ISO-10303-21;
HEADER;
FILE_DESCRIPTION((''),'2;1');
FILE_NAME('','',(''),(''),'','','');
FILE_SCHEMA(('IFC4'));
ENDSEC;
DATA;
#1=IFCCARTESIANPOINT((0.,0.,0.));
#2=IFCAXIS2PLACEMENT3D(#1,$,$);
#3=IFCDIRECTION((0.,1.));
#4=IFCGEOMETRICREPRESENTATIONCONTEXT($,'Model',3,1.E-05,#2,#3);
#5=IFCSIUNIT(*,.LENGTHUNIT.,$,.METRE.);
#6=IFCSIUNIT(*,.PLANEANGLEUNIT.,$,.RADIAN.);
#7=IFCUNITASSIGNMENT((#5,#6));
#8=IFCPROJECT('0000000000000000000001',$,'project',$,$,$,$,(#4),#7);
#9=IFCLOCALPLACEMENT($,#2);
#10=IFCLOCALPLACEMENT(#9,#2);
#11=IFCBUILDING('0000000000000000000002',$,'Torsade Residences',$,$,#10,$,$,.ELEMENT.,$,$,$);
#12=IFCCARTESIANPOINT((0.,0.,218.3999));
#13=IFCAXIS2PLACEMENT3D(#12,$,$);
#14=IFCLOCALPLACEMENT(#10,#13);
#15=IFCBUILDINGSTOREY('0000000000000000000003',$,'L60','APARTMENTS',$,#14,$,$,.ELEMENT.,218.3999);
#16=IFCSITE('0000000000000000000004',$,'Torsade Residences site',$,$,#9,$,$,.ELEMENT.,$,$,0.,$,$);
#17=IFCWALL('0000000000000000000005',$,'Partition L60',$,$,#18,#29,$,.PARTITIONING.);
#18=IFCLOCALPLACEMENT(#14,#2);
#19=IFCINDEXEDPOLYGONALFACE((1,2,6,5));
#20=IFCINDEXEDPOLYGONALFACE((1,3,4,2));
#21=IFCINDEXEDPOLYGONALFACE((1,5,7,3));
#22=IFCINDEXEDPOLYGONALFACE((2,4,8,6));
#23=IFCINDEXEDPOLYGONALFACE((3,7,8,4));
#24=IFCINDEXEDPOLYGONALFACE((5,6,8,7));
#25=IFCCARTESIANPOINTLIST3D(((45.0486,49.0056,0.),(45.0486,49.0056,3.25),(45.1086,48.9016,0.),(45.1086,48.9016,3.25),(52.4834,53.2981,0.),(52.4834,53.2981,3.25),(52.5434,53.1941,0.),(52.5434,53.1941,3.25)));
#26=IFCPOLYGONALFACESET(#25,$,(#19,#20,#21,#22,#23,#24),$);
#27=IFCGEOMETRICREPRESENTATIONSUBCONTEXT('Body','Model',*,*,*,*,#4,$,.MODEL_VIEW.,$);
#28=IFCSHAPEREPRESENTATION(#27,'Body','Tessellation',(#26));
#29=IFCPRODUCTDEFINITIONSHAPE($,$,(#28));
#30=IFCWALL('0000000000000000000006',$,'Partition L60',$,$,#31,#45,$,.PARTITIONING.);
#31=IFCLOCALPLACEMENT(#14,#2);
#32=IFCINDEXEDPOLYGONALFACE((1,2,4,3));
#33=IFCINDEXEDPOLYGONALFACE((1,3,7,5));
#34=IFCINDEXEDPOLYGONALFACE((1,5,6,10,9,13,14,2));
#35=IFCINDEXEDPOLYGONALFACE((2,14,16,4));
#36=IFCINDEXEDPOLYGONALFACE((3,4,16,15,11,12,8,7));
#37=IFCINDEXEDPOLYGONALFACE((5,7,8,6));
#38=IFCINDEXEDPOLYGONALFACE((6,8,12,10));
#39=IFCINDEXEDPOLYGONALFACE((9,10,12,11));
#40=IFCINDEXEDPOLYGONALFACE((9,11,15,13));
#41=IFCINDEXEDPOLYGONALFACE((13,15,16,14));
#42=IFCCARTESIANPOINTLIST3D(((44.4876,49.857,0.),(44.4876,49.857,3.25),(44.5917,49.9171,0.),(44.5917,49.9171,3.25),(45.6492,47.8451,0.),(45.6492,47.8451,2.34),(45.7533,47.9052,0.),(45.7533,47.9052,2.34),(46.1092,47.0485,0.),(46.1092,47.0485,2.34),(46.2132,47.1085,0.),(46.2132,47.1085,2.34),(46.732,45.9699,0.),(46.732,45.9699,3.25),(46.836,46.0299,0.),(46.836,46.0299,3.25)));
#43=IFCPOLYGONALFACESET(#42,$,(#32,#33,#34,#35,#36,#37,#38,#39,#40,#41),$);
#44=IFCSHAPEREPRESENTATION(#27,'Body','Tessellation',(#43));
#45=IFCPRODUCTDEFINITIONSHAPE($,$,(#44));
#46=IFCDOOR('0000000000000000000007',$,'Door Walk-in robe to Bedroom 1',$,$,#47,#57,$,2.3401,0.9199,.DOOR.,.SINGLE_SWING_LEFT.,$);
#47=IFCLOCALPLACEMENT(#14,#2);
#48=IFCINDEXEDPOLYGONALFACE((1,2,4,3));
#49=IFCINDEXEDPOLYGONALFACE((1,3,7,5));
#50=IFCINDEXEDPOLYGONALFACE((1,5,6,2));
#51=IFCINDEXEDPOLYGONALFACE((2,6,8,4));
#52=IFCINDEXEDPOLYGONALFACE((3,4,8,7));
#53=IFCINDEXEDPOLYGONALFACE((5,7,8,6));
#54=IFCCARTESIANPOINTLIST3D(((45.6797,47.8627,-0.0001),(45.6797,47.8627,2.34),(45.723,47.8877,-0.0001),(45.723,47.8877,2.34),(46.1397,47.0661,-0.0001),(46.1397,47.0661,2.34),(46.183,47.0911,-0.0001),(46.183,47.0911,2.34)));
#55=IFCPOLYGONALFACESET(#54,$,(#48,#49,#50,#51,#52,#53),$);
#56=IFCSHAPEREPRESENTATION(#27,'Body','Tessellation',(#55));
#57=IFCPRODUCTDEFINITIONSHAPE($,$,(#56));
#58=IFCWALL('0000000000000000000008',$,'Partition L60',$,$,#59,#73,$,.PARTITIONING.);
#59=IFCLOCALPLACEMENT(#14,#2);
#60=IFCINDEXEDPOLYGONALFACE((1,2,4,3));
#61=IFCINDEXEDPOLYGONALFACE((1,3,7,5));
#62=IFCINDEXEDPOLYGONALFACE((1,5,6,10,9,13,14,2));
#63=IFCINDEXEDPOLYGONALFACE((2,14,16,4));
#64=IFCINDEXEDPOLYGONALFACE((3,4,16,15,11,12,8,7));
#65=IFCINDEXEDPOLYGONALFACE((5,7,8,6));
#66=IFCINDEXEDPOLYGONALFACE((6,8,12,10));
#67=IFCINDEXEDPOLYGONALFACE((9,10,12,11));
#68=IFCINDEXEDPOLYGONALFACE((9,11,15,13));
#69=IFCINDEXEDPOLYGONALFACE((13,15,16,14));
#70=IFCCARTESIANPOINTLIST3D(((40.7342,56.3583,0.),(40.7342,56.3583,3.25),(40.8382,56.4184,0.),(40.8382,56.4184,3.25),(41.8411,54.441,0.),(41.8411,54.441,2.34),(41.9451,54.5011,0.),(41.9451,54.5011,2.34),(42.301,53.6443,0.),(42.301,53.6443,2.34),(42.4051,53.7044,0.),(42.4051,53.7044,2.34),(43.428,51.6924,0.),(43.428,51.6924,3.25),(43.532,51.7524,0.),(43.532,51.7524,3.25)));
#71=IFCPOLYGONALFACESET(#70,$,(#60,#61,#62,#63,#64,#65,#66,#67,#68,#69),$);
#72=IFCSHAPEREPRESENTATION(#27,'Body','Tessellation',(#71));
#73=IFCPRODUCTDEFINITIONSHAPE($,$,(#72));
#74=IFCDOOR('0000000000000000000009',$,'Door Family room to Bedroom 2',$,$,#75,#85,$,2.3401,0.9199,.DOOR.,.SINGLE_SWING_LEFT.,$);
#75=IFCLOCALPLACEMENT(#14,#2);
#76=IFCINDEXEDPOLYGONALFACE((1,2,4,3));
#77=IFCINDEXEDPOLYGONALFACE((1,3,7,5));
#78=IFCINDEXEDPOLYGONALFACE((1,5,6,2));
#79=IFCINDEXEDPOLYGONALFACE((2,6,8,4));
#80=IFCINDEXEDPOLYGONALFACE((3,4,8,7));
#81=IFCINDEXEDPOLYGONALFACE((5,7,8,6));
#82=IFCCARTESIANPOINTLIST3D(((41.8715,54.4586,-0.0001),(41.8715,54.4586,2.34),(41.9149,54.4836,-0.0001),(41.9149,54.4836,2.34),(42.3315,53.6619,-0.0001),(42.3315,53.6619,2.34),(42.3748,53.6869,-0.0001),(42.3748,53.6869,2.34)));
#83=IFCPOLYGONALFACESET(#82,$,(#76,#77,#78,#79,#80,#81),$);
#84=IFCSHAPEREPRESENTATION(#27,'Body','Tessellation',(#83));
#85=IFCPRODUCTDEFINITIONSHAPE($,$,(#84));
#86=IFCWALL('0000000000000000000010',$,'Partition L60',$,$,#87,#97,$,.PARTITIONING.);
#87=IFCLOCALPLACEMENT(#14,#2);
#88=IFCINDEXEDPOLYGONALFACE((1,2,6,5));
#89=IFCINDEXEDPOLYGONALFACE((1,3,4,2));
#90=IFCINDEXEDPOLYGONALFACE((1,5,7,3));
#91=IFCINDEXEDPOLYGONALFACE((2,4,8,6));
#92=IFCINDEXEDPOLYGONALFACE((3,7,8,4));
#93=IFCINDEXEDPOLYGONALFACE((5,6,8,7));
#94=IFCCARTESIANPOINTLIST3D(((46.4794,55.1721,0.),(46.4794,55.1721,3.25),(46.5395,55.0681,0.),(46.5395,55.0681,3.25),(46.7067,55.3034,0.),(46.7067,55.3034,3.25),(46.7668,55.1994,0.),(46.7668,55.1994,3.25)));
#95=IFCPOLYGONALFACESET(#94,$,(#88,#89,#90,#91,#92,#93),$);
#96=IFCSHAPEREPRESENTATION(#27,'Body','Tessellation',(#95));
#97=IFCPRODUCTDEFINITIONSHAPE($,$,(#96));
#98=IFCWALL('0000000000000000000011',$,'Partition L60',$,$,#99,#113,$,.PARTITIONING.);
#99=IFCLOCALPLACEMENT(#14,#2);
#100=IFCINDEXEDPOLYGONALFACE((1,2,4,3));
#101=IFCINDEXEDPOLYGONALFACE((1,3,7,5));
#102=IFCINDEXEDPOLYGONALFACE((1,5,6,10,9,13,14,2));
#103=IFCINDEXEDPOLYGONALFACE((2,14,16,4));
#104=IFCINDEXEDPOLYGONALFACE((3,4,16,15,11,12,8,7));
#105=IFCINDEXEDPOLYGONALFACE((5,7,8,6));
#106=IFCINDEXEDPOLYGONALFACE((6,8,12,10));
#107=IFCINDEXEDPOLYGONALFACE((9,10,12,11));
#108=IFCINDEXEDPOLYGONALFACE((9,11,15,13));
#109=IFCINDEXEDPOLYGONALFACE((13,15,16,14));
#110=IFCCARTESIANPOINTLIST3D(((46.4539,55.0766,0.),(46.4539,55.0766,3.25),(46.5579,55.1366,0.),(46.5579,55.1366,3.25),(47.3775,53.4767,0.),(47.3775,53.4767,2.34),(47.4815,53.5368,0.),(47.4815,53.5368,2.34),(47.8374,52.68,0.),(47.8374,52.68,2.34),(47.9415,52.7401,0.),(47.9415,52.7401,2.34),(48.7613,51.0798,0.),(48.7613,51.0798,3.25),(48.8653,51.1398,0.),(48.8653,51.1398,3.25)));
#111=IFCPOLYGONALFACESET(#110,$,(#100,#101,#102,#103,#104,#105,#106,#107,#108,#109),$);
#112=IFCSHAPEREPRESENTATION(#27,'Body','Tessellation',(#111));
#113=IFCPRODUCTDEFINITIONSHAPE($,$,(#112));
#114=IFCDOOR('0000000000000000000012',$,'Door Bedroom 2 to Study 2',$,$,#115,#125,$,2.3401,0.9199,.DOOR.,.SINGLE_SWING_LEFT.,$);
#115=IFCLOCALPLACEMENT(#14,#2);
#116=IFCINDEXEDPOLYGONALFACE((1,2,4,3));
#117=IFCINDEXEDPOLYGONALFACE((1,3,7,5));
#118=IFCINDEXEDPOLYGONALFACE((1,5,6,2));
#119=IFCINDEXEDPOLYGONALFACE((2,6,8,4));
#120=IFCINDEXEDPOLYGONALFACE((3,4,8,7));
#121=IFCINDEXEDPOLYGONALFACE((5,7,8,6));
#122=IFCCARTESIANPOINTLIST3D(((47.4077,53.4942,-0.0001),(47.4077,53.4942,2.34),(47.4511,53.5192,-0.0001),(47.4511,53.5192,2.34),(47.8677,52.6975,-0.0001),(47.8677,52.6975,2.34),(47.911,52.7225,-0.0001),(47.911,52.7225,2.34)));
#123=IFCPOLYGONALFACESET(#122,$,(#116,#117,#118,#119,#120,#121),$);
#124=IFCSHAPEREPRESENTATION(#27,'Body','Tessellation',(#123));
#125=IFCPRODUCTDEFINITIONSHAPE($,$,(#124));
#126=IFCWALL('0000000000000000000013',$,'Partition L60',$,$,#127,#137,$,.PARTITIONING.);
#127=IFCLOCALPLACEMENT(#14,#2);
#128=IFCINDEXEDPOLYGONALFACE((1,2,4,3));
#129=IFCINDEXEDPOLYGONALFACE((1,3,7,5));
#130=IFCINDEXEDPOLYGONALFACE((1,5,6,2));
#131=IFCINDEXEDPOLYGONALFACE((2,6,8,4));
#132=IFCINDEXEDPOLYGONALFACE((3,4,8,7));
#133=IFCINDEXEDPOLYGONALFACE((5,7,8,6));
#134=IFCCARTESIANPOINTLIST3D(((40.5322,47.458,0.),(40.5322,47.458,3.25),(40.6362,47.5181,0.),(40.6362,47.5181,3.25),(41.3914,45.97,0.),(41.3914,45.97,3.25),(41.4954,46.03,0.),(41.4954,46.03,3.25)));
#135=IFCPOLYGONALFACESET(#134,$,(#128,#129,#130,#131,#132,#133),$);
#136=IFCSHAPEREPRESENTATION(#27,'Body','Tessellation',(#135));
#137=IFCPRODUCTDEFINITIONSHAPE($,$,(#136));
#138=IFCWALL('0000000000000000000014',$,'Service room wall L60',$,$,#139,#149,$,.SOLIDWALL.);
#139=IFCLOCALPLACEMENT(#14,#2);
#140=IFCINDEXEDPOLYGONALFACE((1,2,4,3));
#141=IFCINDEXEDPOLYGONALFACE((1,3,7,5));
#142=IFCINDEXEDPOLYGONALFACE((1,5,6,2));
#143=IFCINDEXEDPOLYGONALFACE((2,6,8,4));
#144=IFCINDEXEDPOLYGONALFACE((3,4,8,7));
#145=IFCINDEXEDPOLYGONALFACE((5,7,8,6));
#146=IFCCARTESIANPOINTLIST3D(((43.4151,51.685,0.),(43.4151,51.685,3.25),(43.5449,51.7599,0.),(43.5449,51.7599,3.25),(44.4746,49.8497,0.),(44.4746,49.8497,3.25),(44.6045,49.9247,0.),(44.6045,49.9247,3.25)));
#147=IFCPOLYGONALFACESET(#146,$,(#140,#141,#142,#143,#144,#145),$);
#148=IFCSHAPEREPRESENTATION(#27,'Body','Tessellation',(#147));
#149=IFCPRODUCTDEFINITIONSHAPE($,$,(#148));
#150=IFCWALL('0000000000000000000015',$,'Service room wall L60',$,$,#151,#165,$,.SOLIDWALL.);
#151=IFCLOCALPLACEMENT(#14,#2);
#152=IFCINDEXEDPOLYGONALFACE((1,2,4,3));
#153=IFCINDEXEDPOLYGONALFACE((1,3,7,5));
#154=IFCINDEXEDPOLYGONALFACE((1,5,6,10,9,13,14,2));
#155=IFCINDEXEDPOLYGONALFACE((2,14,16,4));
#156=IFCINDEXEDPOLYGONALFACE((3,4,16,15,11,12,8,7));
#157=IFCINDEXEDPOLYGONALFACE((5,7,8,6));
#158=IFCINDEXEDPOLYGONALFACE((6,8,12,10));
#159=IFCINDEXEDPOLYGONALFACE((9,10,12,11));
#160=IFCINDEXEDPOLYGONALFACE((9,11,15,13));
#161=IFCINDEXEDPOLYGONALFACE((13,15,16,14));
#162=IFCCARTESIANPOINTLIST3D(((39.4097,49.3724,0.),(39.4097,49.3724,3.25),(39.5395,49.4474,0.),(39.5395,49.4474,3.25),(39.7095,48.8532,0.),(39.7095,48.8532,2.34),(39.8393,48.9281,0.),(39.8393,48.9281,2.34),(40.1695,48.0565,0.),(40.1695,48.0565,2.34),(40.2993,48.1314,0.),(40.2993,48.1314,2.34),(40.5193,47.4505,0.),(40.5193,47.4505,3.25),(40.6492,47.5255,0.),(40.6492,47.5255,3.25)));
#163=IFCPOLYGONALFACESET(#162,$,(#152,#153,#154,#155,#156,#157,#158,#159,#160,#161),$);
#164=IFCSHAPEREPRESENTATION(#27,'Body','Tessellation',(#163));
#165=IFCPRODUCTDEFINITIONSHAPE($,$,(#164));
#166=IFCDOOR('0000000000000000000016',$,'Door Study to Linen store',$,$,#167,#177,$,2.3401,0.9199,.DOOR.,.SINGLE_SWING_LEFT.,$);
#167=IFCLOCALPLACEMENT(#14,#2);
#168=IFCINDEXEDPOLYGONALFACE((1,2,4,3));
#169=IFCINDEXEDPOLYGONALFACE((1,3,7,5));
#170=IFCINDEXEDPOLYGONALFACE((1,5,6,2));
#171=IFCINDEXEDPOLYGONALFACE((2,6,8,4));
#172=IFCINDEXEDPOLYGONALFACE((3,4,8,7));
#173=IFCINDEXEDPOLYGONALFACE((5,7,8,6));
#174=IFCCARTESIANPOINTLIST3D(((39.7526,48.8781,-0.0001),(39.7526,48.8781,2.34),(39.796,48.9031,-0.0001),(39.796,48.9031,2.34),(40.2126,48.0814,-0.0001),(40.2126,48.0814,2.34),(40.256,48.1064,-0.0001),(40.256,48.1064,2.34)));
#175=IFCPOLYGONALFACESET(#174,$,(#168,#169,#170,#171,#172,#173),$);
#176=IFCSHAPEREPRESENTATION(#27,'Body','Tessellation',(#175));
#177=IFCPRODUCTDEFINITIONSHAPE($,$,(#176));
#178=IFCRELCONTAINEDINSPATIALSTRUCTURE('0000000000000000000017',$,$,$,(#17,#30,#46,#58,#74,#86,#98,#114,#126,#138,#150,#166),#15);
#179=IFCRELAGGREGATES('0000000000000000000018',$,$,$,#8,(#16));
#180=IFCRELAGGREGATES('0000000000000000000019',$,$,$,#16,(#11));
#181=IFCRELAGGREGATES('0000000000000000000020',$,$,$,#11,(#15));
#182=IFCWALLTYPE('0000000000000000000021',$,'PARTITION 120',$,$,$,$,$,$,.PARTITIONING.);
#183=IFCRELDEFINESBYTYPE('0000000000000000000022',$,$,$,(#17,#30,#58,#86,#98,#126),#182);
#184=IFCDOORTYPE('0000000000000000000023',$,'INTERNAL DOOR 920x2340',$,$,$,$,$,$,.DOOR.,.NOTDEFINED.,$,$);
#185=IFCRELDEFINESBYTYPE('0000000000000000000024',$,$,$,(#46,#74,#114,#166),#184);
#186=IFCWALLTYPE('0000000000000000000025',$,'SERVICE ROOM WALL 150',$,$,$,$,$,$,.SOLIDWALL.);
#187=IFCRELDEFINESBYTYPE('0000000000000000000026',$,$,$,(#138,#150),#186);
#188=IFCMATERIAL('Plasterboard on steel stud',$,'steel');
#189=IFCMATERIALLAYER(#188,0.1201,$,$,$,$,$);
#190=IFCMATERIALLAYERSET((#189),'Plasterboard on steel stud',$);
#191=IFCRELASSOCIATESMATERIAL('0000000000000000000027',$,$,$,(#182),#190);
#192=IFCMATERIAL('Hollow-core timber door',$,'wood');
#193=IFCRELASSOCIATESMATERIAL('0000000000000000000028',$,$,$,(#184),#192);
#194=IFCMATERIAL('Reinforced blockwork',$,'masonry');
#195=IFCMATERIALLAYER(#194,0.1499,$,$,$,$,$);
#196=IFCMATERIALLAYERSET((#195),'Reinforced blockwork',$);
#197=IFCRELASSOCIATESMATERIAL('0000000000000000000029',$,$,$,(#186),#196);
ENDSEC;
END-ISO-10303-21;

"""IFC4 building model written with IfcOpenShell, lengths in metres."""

from ifc_helpers import new_model, si_unit, direction, frame, frame_2d, origin, place, context, subcontext, project, spatial, rectangle, extrude, material, layer, layer_set, type_object, element, fill, save


model = new_model("IFC4")

# Units and contexts
model_context = context("Model", 3, precision=1e-05, world=origin(), true_north=direction((0.0, 1.0)))
body_context = subcontext(model_context, "Body", "Model", "MODEL_VIEW")
ifc_project = project(units=[si_unit("LENGTHUNIT", "METRE"), si_unit("PLANEANGLEUNIT", "RADIAN")], contexts=[model_context])

# Site, building, storey
site_placement = place(None, origin())
site = spatial("IfcSite", under=ifc_project, at=site_placement, Name="Torsade Residences site", CompositionType="ELEMENT", RefElevation=0.0)
building_placement = place(site_placement, origin())
building = spatial("IfcBuilding", under=site, at=building_placement, Name="Torsade Residences", CompositionType="ELEMENT")
storey_placement = place(building_placement, frame((0.0, 0.0, 218.3999)))
storey = spatial("IfcBuildingStorey", under=building, at=storey_placement, Name="L60", Description="APARTMENTS", CompositionType="ELEMENT", Elevation=218.3999)

# Shared definitions
ifc_material_1 = material(Name="Plasterboard on steel stud", Category="steel")
ifc_layer_1 = layer(ifc_material_1, 0.1201)
ifc_layer_set_1 = layer_set([ifc_layer_1], Name="Plasterboard on steel stud")
wall_type_1 = type_object("IfcWallType", Name="PARTITION 120", PredefinedType="PARTITIONING", material=ifc_layer_set_1)

# Wall
wall_1_placement = place(storey_placement, frame((45.0786, 48.9536, 0.0), z_axis=(0.0, 0.0, 1.0), x_axis=(0.866026, 0.499999, 0.0)))
element("IfcWall", 1, at=wall_1_placement, inside=storey, type_object=wall_type_1, Name="Partition L60", PredefinedType="PARTITIONING", context=body_context, shape_type="SweptSolid", body=[
    extrude(rectangle(XDim=8.585, YDim=0.1201, at=frame_2d((4.2925, 0.0))), origin(), (0.0, 0.0, 1.0), 3.25),
])

# Walls, openings, doors
wall_2_placement = place(storey_placement, frame((46.7839, 46.0, 0.0), z_axis=(0.0, 0.0, 1.0), x_axis=(-0.500018, 0.866015, 0.0)))
wall_2 = element("IfcWall", 2, at=wall_2_placement, inside=storey, type_object=wall_type_1, Name="Partition L60", PredefinedType="PARTITIONING", context=body_context, shape_type="SweptSolid", body=[
    extrude(rectangle(XDim=4.4885, YDim=0.1201, at=frame_2d((2.2441, 0.0))), origin(), (0.0, 0.0, 1.0), 3.25),
])
opening_1_placement = place(wall_2_placement, frame((1.2454, 0.0, 0.0)))
opening_1 = element("IfcOpeningElement", 3, at=opening_1_placement, cuts=wall_2, PredefinedType="OPENING", context=body_context, shape_type="SweptSolid", body=[
    extrude(rectangle(XDim=0.9199, YDim=2.3401, at=frame_2d((0.46, 1.1699))), frame((0.0, 0.0701, 0.0), z_axis=(0.0, -1.0, 0.0), x_axis=(1.0, 0.0, 0.0)), (0.0, 0.0, 1.0), 0.1401),
])
ifc_material_2 = material(Name="Hollow-core timber door", Category="wood")
door_type_1 = type_object("IfcDoorType", Name="INTERNAL DOOR 920x2340", OperationType="NOTDEFINED", PredefinedType="DOOR", material=ifc_material_2)
door_1_placement = place(opening_1_placement, origin())
door_1 = element("IfcDoor", 4, at=door_1_placement, inside=storey, type_object=door_type_1, Name="Door Walk-in robe to Bedroom 1", OperationType="SINGLE_SWING_LEFT", OverallHeight=2.3401, OverallWidth=0.9199, PredefinedType="DOOR", context=body_context, shape_type="SweptSolid", body=[
    extrude(rectangle(XDim=0.9199, YDim=2.3401, at=frame_2d((0.46, 1.1699))), frame((0.0, 0.0249, 0.0), z_axis=(0.0, -1.0, 0.0), x_axis=(1.0, 0.0, 0.0)), (0.0, 0.0, 1.0), 0.05),
])
fill(opening_1, door_1)
wall_3_placement = place(storey_placement, frame((43.48, 51.7224, 0.0), z_axis=(0.0, 0.0, 1.0), x_axis=(-0.499989, 0.866032, 0.0)))
wall_3 = element("IfcWall", 5, at=wall_3_placement, inside=storey, type_object=wall_type_1, Name="Partition L60", PredefinedType="PARTITIONING", context=body_context, shape_type="SweptSolid", body=[
    extrude(rectangle(XDim=5.3877, YDim=0.1201, at=frame_2d((2.6938, 0.0))), origin(), (0.0, 0.0, 1.0), 3.25),
])
opening_2_placement = place(wall_3_placement, frame((2.2539, 0.0, 0.0)))
opening_2 = element("IfcOpeningElement", 6, at=opening_2_placement, cuts=wall_3, PredefinedType="OPENING", context=body_context, shape_type="SweptSolid", body=[
    extrude(rectangle(XDim=0.9199, YDim=2.3401, at=frame_2d((0.46, 1.1699))), frame((0.0, 0.0701, 0.0), z_axis=(0.0, -1.0, 0.0), x_axis=(1.0, 0.0, 0.0)), (0.0, 0.0, 1.0), 0.1401),
])
door_2_placement = place(opening_2_placement, origin())
door_2 = element("IfcDoor", 7, at=door_2_placement, inside=storey, type_object=door_type_1, Name="Door Family room to Bedroom 2", OperationType="SINGLE_SWING_LEFT", OverallHeight=2.3401, OverallWidth=0.9199, PredefinedType="DOOR", context=body_context, shape_type="SweptSolid", body=[
    extrude(rectangle(XDim=0.9199, YDim=2.3401, at=frame_2d((0.46, 1.1699))), frame((0.0, 0.0249, 0.0), z_axis=(0.0, -1.0, 0.0), x_axis=(1.0, 0.0, 0.0)), (0.0, 0.0, 1.0), 0.05),
])
fill(opening_2, door_2)

# Wall
wall_4_placement = place(storey_placement, frame((46.7368, 55.2515, 0.0), z_axis=(0.0, 0.0, 1.0), x_axis=(-0.865829, -0.50034, 0.0)))
element("IfcWall", 8, at=wall_4_placement, inside=storey, type_object=wall_type_1, Name="Partition L60", PredefinedType="PARTITIONING", context=body_context, shape_type="SweptSolid", body=[
    extrude(rectangle(XDim=0.2625, YDim=0.1201, at=frame_2d((0.1313, 0.0))), origin(), (0.0, 0.0, 1.0), 3.25),
])

# Wall, opening, door
wall_5_placement = place(storey_placement, frame((46.5059, 55.1067, 0.0), z_axis=(0.0, 0.0, 1.0), x_axis=(0.499968, -0.866044, 0.0)))
wall_5 = element("IfcWall", 9, at=wall_5_placement, inside=storey, type_object=wall_type_1, Name="Partition L60", PredefinedType="PARTITIONING", context=body_context, shape_type="SweptSolid", body=[
    extrude(rectangle(XDim=4.615, YDim=0.1201, at=frame_2d((2.3076, 0.0))), origin(), (0.0, 0.0, 1.0), 3.25),
])
opening_3_placement = place(wall_5_placement, frame((1.8474, 0.0, 0.0)))
opening_3 = element("IfcOpeningElement", 10, at=opening_3_placement, cuts=wall_5, PredefinedType="OPENING", context=body_context, shape_type="SweptSolid", body=[
    extrude(rectangle(XDim=0.9199, YDim=2.3401, at=frame_2d((0.46, 1.1699))), frame((0.0, 0.0701, 0.0), z_axis=(0.0, -1.0, 0.0), x_axis=(1.0, 0.0, 0.0)), (0.0, 0.0, 1.0), 0.1401),
])
door_3_placement = place(opening_3_placement, origin())
door_3 = element("IfcDoor", 11, at=door_3_placement, inside=storey, type_object=door_type_1, Name="Door Bedroom 2 to Study 2", OperationType="SINGLE_SWING_LEFT", OverallHeight=2.3401, OverallWidth=0.9199, PredefinedType="DOOR", context=body_context, shape_type="SweptSolid", body=[
    extrude(rectangle(XDim=0.9199, YDim=2.3401, at=frame_2d((0.46, 1.1699))), frame((0.0, 0.0249, 0.0), z_axis=(0.0, -1.0, 0.0), x_axis=(1.0, 0.0, 0.0)), (0.0, 0.0, 1.0), 0.05),
])
fill(opening_3, door_3)

# Walls
wall_6_placement = place(storey_placement, frame((40.5842, 47.488, 0.0), z_axis=(0.0, 0.0, 1.0), x_axis=(0.500005, -0.866022, 0.0)))
element("IfcWall", 12, at=wall_6_placement, inside=storey, type_object=wall_type_1, Name="Partition L60", PredefinedType="PARTITIONING", context=body_context, shape_type="SweptSolid", body=[
    extrude(rectangle(XDim=1.7183, YDim=0.1201, at=frame_2d((0.8591, 0.0))), origin(), (0.0, 0.0, 1.0), 3.25),
])
ifc_material_3 = material(Name="Reinforced blockwork", Category="masonry")
ifc_layer_2 = layer(ifc_material_3, 0.1499)
ifc_layer_set_2 = layer_set([ifc_layer_2], Name="Reinforced blockwork")
wall_type_2 = type_object("IfcWallType", Name="SERVICE ROOM WALL 150", PredefinedType="SOLIDWALL", material=ifc_layer_set_2)
wall_7_placement = place(storey_placement, frame((44.5396, 49.8872, 0.0), z_axis=(0.0, 0.0, 1.0), x_axis=(-0.500005, 0.866023, 0.0)))
element("IfcWall", 13, at=wall_7_placement, inside=storey, type_object=wall_type_2, Name="Service room wall L60", PredefinedType="SOLIDWALL", context=body_context, shape_type="SweptSolid", body=[
    extrude(rectangle(XDim=2.1191, YDim=0.1499, at=frame_2d((1.0596, 0.0))), origin(), (0.0, 0.0, 1.0), 3.25),
])

# Wall, opening, door
wall_8_placement = place(storey_placement, frame((39.4746, 49.4099, 0.0), z_axis=(0.0, 0.0, 1.0), x_axis=(0.500008, -0.866021, 0.0)))
wall_8 = element("IfcWall", 14, at=wall_8_placement, inside=storey, type_object=wall_type_2, Name="Service room wall L60", PredefinedType="SOLIDWALL", context=body_context, shape_type="SweptSolid", body=[
    extrude(rectangle(XDim=2.2192, YDim=0.1499, at=frame_2d((1.1096, 0.0))), origin(), (0.0, 0.0, 1.0), 3.25),
])
opening_4_placement = place(wall_8_placement, frame((0.5996, 0.0, 0.0)))
opening_4 = element("IfcOpeningElement", 15, at=opening_4_placement, cuts=wall_8, PredefinedType="OPENING", context=body_context, shape_type="SweptSolid", body=[
    extrude(rectangle(XDim=0.9199, YDim=2.3401, at=frame_2d((0.46, 1.1699))), frame((0.0, 0.085, 0.0), z_axis=(0.0, -1.0, 0.0), x_axis=(1.0, 0.0, 0.0)), (0.0, 0.0, 1.0), 0.1699),
])
door_4_placement = place(opening_4_placement, origin())
door_4 = element("IfcDoor", 16, at=door_4_placement, inside=storey, type_object=door_type_1, Name="Door Study to Linen store", OperationType="SINGLE_SWING_LEFT", OverallHeight=2.3401, OverallWidth=0.9199, PredefinedType="DOOR", context=body_context, shape_type="SweptSolid", body=[
    extrude(rectangle(XDim=0.9199, YDim=2.3401, at=frame_2d((0.46, 1.1699))), frame((0.0, 0.0249, 0.0), z_axis=(0.0, -1.0, 0.0), x_axis=(1.0, 0.0, 0.0)), (0.0, 0.0, 1.0), 0.05),
])
fill(opening_4, door_4)

save(model, "model.ifc")
